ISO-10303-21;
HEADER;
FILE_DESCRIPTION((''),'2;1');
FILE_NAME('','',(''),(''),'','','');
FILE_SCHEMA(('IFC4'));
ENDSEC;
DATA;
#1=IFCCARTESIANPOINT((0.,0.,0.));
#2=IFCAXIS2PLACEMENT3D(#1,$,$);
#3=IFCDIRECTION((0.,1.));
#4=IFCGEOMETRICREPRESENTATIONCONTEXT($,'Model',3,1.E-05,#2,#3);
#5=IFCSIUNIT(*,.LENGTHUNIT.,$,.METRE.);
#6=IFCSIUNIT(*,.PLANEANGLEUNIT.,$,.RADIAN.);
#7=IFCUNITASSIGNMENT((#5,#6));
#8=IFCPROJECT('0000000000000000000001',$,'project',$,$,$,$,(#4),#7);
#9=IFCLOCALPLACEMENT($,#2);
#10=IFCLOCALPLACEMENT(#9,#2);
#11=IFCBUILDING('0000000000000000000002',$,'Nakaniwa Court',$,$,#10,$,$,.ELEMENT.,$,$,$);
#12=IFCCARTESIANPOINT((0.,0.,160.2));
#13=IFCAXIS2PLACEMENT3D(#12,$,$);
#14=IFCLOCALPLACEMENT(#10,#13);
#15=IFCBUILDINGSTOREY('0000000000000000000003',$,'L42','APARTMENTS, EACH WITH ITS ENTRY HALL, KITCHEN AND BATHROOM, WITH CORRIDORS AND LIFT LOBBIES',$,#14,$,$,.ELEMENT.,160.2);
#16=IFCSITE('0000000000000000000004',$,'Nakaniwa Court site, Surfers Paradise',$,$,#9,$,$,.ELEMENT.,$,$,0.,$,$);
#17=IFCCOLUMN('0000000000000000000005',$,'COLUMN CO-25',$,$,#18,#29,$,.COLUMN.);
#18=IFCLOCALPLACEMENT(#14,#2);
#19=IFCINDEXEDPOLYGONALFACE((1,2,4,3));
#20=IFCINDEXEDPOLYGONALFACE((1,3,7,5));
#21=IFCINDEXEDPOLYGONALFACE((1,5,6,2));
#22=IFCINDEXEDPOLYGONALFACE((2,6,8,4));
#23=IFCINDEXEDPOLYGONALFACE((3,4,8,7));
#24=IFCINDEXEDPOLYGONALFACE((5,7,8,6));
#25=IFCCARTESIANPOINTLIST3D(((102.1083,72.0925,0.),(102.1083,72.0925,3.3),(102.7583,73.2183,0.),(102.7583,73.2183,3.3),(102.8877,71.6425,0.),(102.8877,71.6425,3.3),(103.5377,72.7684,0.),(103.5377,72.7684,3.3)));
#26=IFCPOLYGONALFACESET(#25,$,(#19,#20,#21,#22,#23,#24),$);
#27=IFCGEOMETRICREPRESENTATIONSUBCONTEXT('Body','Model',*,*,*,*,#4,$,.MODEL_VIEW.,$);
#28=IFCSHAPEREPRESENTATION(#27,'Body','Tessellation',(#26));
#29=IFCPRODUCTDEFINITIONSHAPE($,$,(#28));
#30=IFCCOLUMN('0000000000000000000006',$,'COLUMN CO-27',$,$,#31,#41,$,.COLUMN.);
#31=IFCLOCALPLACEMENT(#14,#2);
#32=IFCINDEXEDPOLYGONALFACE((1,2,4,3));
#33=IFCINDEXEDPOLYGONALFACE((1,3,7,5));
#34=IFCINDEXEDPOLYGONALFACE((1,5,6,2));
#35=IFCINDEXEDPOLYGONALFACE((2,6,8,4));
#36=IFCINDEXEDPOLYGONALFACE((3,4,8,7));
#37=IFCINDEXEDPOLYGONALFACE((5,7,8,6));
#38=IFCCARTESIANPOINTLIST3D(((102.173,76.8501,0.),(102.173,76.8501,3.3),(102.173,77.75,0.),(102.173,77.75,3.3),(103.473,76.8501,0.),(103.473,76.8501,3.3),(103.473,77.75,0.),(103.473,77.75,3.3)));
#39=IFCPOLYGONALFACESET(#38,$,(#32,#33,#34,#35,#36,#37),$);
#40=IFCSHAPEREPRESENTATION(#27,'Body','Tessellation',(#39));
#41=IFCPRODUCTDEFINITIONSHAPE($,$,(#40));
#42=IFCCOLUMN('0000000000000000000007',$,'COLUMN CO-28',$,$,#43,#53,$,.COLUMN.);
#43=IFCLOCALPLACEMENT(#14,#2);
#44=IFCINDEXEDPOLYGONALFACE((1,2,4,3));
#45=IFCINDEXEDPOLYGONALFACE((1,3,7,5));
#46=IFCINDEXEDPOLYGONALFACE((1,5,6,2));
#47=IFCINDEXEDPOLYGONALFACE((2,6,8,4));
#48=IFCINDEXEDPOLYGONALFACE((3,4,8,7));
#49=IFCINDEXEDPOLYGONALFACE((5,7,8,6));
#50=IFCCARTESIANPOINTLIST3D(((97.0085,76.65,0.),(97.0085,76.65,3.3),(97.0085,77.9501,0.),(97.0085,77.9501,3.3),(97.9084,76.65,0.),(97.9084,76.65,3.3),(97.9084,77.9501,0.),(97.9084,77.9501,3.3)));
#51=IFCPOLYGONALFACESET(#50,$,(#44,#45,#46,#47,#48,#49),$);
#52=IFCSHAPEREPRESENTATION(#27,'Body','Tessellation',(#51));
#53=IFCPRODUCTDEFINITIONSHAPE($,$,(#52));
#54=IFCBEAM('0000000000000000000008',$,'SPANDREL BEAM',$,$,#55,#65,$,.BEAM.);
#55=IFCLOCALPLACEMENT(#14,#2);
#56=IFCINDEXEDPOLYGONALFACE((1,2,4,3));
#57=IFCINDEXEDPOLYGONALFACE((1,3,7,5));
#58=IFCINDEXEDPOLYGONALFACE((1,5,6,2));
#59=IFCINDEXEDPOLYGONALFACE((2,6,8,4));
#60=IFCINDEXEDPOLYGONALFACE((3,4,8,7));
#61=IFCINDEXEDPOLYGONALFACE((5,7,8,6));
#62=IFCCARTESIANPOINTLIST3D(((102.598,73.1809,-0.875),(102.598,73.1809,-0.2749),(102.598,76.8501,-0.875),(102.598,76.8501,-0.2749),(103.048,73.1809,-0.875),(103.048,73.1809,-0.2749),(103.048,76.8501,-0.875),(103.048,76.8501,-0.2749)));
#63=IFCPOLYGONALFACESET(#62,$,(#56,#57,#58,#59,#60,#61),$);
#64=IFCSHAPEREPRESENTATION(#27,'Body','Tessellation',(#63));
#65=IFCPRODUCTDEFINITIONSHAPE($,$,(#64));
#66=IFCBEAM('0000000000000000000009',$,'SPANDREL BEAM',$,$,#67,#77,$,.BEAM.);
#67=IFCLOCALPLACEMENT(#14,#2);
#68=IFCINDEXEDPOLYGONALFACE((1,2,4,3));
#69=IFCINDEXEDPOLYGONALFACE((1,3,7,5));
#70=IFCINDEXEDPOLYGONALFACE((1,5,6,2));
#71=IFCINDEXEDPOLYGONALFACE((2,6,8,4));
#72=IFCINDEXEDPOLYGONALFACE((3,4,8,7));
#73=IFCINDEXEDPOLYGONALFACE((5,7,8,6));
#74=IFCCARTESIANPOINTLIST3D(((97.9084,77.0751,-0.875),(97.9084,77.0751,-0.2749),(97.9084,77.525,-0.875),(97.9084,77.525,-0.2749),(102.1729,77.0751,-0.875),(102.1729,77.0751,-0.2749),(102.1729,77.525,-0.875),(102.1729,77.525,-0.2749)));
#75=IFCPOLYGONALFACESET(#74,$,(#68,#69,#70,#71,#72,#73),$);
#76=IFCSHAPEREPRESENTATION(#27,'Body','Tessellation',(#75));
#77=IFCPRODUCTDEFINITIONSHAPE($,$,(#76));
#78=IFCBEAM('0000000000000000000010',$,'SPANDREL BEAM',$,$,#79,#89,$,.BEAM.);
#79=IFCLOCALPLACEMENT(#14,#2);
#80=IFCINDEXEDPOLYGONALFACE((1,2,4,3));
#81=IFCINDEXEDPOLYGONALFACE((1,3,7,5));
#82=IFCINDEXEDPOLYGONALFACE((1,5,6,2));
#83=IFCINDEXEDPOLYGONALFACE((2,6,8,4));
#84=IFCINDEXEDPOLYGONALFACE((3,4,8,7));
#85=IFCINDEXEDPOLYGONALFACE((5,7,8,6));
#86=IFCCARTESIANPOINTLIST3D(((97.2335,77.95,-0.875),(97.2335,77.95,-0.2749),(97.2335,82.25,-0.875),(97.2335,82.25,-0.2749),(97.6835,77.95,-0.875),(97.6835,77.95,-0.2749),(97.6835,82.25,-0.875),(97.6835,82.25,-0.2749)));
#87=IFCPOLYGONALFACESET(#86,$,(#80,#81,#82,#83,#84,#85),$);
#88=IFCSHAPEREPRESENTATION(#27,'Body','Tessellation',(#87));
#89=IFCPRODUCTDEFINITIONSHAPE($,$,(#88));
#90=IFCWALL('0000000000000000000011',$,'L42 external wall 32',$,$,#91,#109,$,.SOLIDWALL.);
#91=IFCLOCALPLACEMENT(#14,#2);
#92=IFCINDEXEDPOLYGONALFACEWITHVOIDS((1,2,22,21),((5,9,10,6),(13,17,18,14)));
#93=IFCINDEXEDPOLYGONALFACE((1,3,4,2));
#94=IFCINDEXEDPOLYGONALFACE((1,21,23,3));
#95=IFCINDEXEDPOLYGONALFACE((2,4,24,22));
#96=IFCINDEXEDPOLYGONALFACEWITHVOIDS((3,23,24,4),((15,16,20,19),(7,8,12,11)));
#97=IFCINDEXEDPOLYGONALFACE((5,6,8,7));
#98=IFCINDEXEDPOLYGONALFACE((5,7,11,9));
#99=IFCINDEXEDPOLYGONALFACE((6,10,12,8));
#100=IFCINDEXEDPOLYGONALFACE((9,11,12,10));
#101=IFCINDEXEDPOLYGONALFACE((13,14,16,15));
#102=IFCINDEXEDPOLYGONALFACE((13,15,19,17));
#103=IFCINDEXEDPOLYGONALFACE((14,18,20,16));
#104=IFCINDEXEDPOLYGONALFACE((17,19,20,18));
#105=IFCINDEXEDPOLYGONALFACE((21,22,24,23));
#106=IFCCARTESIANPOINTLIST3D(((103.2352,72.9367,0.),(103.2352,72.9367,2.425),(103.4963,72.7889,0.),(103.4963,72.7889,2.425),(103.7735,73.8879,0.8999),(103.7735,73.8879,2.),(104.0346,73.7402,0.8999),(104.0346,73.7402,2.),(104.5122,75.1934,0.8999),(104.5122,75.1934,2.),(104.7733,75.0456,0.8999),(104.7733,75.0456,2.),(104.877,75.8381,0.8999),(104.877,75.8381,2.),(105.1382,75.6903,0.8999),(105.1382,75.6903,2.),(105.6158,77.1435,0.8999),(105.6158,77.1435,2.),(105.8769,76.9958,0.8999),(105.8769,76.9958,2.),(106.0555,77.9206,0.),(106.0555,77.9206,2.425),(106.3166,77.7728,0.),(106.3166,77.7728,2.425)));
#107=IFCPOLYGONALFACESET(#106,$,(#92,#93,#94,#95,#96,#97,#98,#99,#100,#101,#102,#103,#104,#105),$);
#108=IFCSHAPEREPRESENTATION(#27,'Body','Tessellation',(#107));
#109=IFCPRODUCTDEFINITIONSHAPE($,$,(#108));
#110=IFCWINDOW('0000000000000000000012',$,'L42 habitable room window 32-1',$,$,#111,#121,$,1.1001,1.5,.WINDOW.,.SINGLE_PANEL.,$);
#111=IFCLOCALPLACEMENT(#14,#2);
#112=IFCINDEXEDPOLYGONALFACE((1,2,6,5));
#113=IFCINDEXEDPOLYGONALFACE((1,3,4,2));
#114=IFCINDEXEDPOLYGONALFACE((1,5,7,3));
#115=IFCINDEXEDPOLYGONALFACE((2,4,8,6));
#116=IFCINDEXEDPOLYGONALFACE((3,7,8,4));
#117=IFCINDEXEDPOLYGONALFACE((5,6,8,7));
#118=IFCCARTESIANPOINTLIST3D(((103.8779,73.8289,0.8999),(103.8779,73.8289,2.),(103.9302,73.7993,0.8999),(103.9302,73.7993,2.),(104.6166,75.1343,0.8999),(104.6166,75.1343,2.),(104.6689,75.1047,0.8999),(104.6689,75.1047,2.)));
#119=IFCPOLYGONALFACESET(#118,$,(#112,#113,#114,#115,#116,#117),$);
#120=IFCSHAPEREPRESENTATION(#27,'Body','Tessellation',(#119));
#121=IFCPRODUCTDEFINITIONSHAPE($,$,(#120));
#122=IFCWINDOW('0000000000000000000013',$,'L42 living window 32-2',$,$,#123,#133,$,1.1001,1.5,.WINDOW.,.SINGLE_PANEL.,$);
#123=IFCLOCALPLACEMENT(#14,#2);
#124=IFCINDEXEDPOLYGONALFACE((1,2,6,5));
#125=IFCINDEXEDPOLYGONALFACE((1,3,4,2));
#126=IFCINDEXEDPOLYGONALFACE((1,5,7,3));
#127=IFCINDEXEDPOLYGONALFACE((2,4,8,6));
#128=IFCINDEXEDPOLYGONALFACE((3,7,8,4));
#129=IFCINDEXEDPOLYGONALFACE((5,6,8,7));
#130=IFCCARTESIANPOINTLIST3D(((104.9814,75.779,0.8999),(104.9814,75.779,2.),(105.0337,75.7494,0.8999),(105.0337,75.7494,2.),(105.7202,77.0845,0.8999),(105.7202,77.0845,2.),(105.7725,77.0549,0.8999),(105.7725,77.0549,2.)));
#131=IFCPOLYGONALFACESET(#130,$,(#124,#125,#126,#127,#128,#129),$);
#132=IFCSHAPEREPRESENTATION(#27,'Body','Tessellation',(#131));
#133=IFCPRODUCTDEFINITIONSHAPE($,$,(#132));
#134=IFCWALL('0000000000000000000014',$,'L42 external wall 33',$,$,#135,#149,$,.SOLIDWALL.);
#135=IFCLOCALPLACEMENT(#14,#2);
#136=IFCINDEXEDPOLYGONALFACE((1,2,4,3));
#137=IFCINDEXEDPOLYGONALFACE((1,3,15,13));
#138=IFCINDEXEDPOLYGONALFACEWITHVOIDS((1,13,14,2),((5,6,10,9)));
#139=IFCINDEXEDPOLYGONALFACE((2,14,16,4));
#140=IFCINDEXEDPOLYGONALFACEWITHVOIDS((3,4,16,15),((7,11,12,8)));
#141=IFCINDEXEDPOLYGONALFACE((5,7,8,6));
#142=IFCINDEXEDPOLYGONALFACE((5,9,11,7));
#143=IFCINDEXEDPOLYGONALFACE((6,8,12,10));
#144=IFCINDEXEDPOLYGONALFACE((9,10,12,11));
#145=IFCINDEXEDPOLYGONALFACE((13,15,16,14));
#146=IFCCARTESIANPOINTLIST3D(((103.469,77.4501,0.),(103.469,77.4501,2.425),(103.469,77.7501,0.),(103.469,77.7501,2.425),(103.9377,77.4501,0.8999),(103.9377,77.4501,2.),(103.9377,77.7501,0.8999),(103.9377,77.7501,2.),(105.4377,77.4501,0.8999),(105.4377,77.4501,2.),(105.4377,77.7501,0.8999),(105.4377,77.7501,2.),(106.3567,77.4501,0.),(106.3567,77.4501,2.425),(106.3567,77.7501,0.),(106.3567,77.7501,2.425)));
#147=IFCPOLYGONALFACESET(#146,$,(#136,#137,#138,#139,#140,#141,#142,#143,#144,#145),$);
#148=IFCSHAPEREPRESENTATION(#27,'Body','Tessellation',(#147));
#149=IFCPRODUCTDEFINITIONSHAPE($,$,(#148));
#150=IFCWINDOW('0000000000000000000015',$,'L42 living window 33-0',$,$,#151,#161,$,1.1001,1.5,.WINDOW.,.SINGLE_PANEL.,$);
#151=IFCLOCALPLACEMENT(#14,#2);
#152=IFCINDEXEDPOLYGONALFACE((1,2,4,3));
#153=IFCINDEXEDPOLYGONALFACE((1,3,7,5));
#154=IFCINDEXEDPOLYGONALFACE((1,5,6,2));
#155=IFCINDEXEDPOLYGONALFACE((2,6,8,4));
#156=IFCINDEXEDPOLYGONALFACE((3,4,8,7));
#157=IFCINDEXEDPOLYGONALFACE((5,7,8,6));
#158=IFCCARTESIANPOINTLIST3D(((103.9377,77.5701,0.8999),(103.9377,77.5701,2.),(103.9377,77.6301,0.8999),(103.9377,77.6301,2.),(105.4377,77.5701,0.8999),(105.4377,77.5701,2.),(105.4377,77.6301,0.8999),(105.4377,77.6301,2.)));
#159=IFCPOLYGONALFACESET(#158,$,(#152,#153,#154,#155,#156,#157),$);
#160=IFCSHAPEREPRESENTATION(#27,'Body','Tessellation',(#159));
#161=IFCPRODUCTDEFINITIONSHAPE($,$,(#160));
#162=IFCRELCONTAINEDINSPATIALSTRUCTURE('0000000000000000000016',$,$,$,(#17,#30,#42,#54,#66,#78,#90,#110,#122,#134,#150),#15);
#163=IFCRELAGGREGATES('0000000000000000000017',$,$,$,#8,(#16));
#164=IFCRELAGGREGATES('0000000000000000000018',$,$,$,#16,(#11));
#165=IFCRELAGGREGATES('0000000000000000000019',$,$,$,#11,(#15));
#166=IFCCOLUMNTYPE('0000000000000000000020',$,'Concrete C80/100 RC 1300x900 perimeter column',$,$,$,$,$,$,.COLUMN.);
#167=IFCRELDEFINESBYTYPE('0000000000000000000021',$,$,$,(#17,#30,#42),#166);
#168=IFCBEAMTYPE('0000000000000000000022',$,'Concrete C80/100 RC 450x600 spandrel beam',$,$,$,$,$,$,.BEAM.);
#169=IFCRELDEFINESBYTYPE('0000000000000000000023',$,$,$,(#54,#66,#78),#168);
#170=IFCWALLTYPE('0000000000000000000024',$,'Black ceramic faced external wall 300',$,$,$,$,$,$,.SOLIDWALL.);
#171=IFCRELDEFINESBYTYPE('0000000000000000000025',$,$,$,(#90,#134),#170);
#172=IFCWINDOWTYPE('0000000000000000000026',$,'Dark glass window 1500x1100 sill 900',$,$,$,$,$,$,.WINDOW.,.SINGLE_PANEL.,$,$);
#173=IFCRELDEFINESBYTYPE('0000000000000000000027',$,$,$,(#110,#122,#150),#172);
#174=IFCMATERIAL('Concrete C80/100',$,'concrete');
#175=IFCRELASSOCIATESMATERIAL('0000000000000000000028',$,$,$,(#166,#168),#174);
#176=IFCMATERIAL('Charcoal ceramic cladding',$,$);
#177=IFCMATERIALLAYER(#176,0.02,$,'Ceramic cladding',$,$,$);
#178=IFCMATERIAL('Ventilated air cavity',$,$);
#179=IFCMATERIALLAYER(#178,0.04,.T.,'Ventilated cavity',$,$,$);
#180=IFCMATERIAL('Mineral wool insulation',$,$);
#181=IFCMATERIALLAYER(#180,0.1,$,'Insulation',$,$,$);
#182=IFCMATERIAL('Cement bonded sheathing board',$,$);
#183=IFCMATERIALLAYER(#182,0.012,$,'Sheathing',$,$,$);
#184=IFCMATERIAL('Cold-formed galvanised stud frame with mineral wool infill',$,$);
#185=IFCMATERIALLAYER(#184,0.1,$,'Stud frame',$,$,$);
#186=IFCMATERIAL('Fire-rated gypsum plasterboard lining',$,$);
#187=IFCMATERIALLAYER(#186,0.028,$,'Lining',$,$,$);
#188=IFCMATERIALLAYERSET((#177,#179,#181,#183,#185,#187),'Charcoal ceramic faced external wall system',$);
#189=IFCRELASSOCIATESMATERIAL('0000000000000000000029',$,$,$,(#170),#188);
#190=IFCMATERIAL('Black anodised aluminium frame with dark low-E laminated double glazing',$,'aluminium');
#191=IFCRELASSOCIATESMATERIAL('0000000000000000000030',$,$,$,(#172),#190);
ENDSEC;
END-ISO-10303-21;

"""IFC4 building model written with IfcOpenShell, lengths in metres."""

from ifc_helpers import new_model, si_unit, direction, frame, frame_2d, origin, origin_2d, place, context, subcontext, project, spatial, rectangle, extrude, material, layer, layer_set, material_profile, profile_set, type_object, element, fill, save


model = new_model("IFC4")

# Units and contexts
model_context = context("Model", 3, precision=1e-05, world=origin(), true_north=direction((0.0, 1.0)))
body_context = subcontext(model_context, "Body", "Model", "MODEL_VIEW")
ifc_project = project(units=[si_unit("LENGTHUNIT", "METRE"), si_unit("PLANEANGLEUNIT", "RADIAN")], contexts=[model_context])

# Site, building, storey
site_placement = place(None, origin())
site = spatial("IfcSite", under=ifc_project, at=site_placement, Name="Nakaniwa Court site, Surfers Paradise", CompositionType="ELEMENT", RefElevation=0.0)
building_placement = place(site_placement, origin())
building = spatial("IfcBuilding", under=site, at=building_placement, Name="Nakaniwa Court", CompositionType="ELEMENT")
storey_placement = place(building_placement, frame((0.0, 0.0, 160.2)))
storey = spatial("IfcBuildingStorey", under=building, at=storey_placement, Name="L42", Description="APARTMENTS, EACH WITH ITS ENTRY HALL, KITCHEN AND BATHROOM, WITH CORRIDORS AND LIFT LOBBIES", CompositionType="ELEMENT", Elevation=160.2)

# Columns
ifc_material_1 = material(Name="Concrete C80/100", Category="concrete")
ifc_material_profile_1 = material_profile(ifc_material_1, rectangle(XDim=1.3, YDim=0.8999, at=origin_2d()), Name="Concrete C80/100 RC 1300x900 perimeter column")
ifc_profile_set_1 = profile_set([ifc_material_profile_1], Name="Concrete C80/100")
column_type = type_object("IfcColumnType", Name="Concrete C80/100 RC 1300x900 perimeter column", PredefinedType="COLUMN", material=ifc_profile_set_1)
for number, where, z_axis, x_axis, name in (
    (1, (102.823, 72.4304, 0.0), (0.0, 0.0, 1.0), (0.5, 0.866025, 0.0), "COLUMN CO-25"),
    (2, (102.823, 77.3, 0.0), (0.0, 0.0, 1.0), (-1.0, 0.0, 0.0), "COLUMN CO-27"),
    (3, (97.4585, 77.3, 0.0), (0.0, 0.0, 1.0), (0.0, 1.0, 0.0), "COLUMN CO-28"),
):
    element("IfcColumn", number, at=place(storey_placement, frame(where, z_axis=z_axis, x_axis=x_axis)), inside=storey, type_object=column_type, Name=name, PredefinedType="COLUMN", context=body_context, shape_type="SweptSolid", body=[
        extrude(rectangle(XDim=1.3, YDim=0.8999, at=origin_2d()), origin(), (0.0, 0.0, 1.0), 3.3),
    ])

# Beams
ifc_material_profile_2 = material_profile(ifc_material_1, rectangle(XDim=0.45, YDim=0.6001, at=origin_2d()), Name="Concrete C80/100 RC 450x600 spandrel beam")
ifc_profile_set_2 = profile_set([ifc_material_profile_2], Name="Concrete C80/100")
beam_type = type_object("IfcBeamType", Name="Concrete C80/100 RC 450x600 spandrel beam", PredefinedType="BEAM", material=ifc_profile_set_2)
beam_1_placement = place(storey_placement, frame((102.823, 73.1809, -0.575), z_axis=(0.0, 1.0, 0.0), x_axis=(-1.0, 0.0, 0.0)))
element("IfcBeam", 4, at=beam_1_placement, inside=storey, type_object=beam_type, Name="SPANDREL BEAM", PredefinedType="BEAM", context=body_context, shape_type="SweptSolid", body=[
    extrude(rectangle(XDim=0.45, YDim=0.6001, at=origin_2d()), origin(), (0.0, 0.0, 1.0), 3.6692),
])
beam_2_placement = place(storey_placement, frame((102.1729, 77.3, -0.575), z_axis=(-1.0, 0.0, 0.0), x_axis=(0.0, -1.0, 0.0)))
element("IfcBeam", 5, at=beam_2_placement, inside=storey, type_object=beam_type, Name="SPANDREL BEAM", PredefinedType="BEAM", context=body_context, shape_type="SweptSolid", body=[
    extrude(rectangle(XDim=0.45, YDim=0.6001, at=origin_2d()), origin(), (0.0, 0.0, 1.0), 4.2644),
])
beam_3_placement = place(storey_placement, frame((97.4585, 77.95, -0.575), z_axis=(0.0, 1.0, 0.0), x_axis=(-1.0, 0.0, 0.0)))
element("IfcBeam", 6, at=beam_3_placement, inside=storey, type_object=beam_type, Name="SPANDREL BEAM", PredefinedType="BEAM", context=body_context, shape_type="SweptSolid", body=[
    extrude(rectangle(XDim=0.45, YDim=0.6001, at=origin_2d()), origin(), (0.0, 0.0, 1.0), 4.3),
])

# Wall, openings, windows
ifc_material_2 = material(Name="Charcoal ceramic cladding")
ifc_layer_1 = layer(ifc_material_2, 0.02, Name="Ceramic cladding")
ifc_material_3 = material(Name="Ventilated air cavity")
ifc_layer_2 = layer(ifc_material_3, 0.04, ventilated=True, Name="Ventilated cavity")
ifc_material_4 = material(Name="Mineral wool insulation")
ifc_layer_3 = layer(ifc_material_4, 0.1, Name="Insulation")
ifc_material_5 = material(Name="Cement bonded sheathing board")
ifc_layer_4 = layer(ifc_material_5, 0.012, Name="Sheathing")
ifc_material_6 = material(Name="Cold-formed galvanised stud frame with mineral wool infill")
ifc_layer_5 = layer(ifc_material_6, 0.1, Name="Stud frame")
ifc_material_7 = material(Name="Fire-rated gypsum plasterboard lining")
ifc_layer_6 = layer(ifc_material_7, 0.028, Name="Lining")
ifc_layer_set = layer_set([ifc_layer_1, ifc_layer_2, ifc_layer_3, ifc_layer_4, ifc_layer_5, ifc_layer_6], Name="Charcoal ceramic faced external wall system")
wall_type = type_object("IfcWallType", Name="Black ceramic faced external wall 300", PredefinedType="SOLIDWALL", material=ifc_layer_set)
wall_1_placement = place(storey_placement, frame((103.3657, 72.8628, 0.0), z_axis=(0.0, 0.0, 1.0), x_axis=(0.492498, 0.870313, 0.0)))
wall_1 = element("IfcWall", 7, at=wall_1_placement, inside=storey, type_object=wall_type, Name="L42 external wall 32", PredefinedType="SOLIDWALL", context=body_context, shape_type="SweptSolid", body=[
    extrude(rectangle(XDim=5.7266, YDim=0.3, at=frame_2d((2.8633, 0.0))), origin(), (0.0, 0.0, 1.0), 2.425),
])
opening_1_placement = place(wall_1_placement, frame((1.093, 0.0, 0.8999)))
opening_1 = element("IfcOpeningElement", 8, at=opening_1_placement, cuts=wall_1, PredefinedType="OPENING", context=body_context, shape_type="SweptSolid", body=[
    extrude(rectangle(XDim=1.5, YDim=1.1001, at=frame_2d((0.75, 0.55))), frame((0.0, 0.1599, 0.0), z_axis=(0.0, -1.0, 0.0), x_axis=(1.0, 0.0, 0.0)), (0.0, 0.0, 1.0), 0.3201),
])
opening_2_placement = place(wall_1_placement, frame((3.3337, 0.0, 0.8999)))
opening_2 = element("IfcOpeningElement", 9, at=opening_2_placement, cuts=wall_1, PredefinedType="OPENING", context=body_context, shape_type="SweptSolid", body=[
    extrude(rectangle(XDim=1.5, YDim=1.1001, at=frame_2d((0.75, 0.55))), frame((0.0, 0.1599, 0.0), z_axis=(0.0, -1.0, 0.0), x_axis=(1.0, 0.0, 0.0)), (0.0, 0.0, 1.0), 0.3201),
])
ifc_material_8 = material(Name="Black anodised aluminium frame with dark low-E laminated double glazing", Category="aluminium")
window_type_1 = type_object("IfcWindowType", Name="Dark glass window 1500x1100 sill 900", PartitioningType="SINGLE_PANEL", PredefinedType="WINDOW", material=ifc_material_8)
window_1_placement = place(opening_1_placement, origin())
window_1 = element("IfcWindow", 10, at=window_1_placement, inside=storey, type_object=window_type_1, Name="L42 habitable room window 32-1", OverallHeight=1.1001, OverallWidth=1.5, PartitioningType="SINGLE_PANEL", PredefinedType="WINDOW", context=body_context, shape_type="SweptSolid", body=[
    extrude(rectangle(XDim=1.5, YDim=1.1001, at=frame_2d((0.75, 0.55))), frame((0.0, 0.03, 0.0), z_axis=(0.0, -1.0, 0.0), x_axis=(1.0, 0.0, 0.0)), (0.0, 0.0, 1.0), 0.0601),
])
fill(opening_1, window_1)
window_2_placement = place(opening_2_placement, origin())
window_2 = element("IfcWindow", 11, at=window_2_placement, inside=storey, type_object=window_type_1, Name="L42 living window 32-2", OverallHeight=1.1001, OverallWidth=1.5, PartitioningType="SINGLE_PANEL", PredefinedType="WINDOW", context=body_context, shape_type="SweptSolid", body=[
    extrude(rectangle(XDim=1.5, YDim=1.1001, at=frame_2d((0.75, 0.55))), frame((0.0, 0.03, 0.0), z_axis=(0.0, -1.0, 0.0), x_axis=(1.0, 0.0, 0.0)), (0.0, 0.0, 1.0), 0.0601),
])
fill(opening_2, window_2)

# Wall, opening, window
wall_2_placement = place(storey_placement, frame((106.3567, 77.6001, 0.0), z_axis=(0.0, 0.0, 1.0), x_axis=(-1.0, 0.0, 0.0)))
wall_2 = element("IfcWall", 12, at=wall_2_placement, inside=storey, type_object=wall_type, Name="L42 external wall 33", PredefinedType="SOLIDWALL", context=body_context, shape_type="SweptSolid", body=[
    extrude(rectangle(XDim=2.8877, YDim=0.3, at=frame_2d((1.4438, 0.0))), origin(), (0.0, 0.0, 1.0), 2.425),
])
opening_3_placement = place(wall_2_placement, frame((0.9189, 0.0, 0.8999)))
opening_3 = element("IfcOpeningElement", 13, at=opening_3_placement, cuts=wall_2, PredefinedType="OPENING", context=body_context, shape_type="SweptSolid", body=[
    extrude(rectangle(XDim=1.5, YDim=1.1001, at=frame_2d((0.75, 0.55))), frame((0.0, 0.1599, 0.0), z_axis=(0.0, -1.0, 0.0), x_axis=(1.0, 0.0, 0.0)), (0.0, 0.0, 1.0), 0.3201),
])
window_3_placement = place(opening_3_placement, origin())
window_3 = element("IfcWindow", 14, at=window_3_placement, inside=storey, type_object=window_type_1, Name="L42 living window 33-0", OverallHeight=1.1001, OverallWidth=1.5, PartitioningType="SINGLE_PANEL", PredefinedType="WINDOW", context=body_context, shape_type="SweptSolid", body=[
    extrude(rectangle(XDim=1.5, YDim=1.1001, at=frame_2d((0.75, 0.55))), frame((0.0, 0.03, 0.0), z_axis=(0.0, -1.0, 0.0), x_axis=(1.0, 0.0, 0.0)), (0.0, 0.0, 1.0), 0.0601),
])
fill(opening_3, window_3)

save(model, "model.ifc")
